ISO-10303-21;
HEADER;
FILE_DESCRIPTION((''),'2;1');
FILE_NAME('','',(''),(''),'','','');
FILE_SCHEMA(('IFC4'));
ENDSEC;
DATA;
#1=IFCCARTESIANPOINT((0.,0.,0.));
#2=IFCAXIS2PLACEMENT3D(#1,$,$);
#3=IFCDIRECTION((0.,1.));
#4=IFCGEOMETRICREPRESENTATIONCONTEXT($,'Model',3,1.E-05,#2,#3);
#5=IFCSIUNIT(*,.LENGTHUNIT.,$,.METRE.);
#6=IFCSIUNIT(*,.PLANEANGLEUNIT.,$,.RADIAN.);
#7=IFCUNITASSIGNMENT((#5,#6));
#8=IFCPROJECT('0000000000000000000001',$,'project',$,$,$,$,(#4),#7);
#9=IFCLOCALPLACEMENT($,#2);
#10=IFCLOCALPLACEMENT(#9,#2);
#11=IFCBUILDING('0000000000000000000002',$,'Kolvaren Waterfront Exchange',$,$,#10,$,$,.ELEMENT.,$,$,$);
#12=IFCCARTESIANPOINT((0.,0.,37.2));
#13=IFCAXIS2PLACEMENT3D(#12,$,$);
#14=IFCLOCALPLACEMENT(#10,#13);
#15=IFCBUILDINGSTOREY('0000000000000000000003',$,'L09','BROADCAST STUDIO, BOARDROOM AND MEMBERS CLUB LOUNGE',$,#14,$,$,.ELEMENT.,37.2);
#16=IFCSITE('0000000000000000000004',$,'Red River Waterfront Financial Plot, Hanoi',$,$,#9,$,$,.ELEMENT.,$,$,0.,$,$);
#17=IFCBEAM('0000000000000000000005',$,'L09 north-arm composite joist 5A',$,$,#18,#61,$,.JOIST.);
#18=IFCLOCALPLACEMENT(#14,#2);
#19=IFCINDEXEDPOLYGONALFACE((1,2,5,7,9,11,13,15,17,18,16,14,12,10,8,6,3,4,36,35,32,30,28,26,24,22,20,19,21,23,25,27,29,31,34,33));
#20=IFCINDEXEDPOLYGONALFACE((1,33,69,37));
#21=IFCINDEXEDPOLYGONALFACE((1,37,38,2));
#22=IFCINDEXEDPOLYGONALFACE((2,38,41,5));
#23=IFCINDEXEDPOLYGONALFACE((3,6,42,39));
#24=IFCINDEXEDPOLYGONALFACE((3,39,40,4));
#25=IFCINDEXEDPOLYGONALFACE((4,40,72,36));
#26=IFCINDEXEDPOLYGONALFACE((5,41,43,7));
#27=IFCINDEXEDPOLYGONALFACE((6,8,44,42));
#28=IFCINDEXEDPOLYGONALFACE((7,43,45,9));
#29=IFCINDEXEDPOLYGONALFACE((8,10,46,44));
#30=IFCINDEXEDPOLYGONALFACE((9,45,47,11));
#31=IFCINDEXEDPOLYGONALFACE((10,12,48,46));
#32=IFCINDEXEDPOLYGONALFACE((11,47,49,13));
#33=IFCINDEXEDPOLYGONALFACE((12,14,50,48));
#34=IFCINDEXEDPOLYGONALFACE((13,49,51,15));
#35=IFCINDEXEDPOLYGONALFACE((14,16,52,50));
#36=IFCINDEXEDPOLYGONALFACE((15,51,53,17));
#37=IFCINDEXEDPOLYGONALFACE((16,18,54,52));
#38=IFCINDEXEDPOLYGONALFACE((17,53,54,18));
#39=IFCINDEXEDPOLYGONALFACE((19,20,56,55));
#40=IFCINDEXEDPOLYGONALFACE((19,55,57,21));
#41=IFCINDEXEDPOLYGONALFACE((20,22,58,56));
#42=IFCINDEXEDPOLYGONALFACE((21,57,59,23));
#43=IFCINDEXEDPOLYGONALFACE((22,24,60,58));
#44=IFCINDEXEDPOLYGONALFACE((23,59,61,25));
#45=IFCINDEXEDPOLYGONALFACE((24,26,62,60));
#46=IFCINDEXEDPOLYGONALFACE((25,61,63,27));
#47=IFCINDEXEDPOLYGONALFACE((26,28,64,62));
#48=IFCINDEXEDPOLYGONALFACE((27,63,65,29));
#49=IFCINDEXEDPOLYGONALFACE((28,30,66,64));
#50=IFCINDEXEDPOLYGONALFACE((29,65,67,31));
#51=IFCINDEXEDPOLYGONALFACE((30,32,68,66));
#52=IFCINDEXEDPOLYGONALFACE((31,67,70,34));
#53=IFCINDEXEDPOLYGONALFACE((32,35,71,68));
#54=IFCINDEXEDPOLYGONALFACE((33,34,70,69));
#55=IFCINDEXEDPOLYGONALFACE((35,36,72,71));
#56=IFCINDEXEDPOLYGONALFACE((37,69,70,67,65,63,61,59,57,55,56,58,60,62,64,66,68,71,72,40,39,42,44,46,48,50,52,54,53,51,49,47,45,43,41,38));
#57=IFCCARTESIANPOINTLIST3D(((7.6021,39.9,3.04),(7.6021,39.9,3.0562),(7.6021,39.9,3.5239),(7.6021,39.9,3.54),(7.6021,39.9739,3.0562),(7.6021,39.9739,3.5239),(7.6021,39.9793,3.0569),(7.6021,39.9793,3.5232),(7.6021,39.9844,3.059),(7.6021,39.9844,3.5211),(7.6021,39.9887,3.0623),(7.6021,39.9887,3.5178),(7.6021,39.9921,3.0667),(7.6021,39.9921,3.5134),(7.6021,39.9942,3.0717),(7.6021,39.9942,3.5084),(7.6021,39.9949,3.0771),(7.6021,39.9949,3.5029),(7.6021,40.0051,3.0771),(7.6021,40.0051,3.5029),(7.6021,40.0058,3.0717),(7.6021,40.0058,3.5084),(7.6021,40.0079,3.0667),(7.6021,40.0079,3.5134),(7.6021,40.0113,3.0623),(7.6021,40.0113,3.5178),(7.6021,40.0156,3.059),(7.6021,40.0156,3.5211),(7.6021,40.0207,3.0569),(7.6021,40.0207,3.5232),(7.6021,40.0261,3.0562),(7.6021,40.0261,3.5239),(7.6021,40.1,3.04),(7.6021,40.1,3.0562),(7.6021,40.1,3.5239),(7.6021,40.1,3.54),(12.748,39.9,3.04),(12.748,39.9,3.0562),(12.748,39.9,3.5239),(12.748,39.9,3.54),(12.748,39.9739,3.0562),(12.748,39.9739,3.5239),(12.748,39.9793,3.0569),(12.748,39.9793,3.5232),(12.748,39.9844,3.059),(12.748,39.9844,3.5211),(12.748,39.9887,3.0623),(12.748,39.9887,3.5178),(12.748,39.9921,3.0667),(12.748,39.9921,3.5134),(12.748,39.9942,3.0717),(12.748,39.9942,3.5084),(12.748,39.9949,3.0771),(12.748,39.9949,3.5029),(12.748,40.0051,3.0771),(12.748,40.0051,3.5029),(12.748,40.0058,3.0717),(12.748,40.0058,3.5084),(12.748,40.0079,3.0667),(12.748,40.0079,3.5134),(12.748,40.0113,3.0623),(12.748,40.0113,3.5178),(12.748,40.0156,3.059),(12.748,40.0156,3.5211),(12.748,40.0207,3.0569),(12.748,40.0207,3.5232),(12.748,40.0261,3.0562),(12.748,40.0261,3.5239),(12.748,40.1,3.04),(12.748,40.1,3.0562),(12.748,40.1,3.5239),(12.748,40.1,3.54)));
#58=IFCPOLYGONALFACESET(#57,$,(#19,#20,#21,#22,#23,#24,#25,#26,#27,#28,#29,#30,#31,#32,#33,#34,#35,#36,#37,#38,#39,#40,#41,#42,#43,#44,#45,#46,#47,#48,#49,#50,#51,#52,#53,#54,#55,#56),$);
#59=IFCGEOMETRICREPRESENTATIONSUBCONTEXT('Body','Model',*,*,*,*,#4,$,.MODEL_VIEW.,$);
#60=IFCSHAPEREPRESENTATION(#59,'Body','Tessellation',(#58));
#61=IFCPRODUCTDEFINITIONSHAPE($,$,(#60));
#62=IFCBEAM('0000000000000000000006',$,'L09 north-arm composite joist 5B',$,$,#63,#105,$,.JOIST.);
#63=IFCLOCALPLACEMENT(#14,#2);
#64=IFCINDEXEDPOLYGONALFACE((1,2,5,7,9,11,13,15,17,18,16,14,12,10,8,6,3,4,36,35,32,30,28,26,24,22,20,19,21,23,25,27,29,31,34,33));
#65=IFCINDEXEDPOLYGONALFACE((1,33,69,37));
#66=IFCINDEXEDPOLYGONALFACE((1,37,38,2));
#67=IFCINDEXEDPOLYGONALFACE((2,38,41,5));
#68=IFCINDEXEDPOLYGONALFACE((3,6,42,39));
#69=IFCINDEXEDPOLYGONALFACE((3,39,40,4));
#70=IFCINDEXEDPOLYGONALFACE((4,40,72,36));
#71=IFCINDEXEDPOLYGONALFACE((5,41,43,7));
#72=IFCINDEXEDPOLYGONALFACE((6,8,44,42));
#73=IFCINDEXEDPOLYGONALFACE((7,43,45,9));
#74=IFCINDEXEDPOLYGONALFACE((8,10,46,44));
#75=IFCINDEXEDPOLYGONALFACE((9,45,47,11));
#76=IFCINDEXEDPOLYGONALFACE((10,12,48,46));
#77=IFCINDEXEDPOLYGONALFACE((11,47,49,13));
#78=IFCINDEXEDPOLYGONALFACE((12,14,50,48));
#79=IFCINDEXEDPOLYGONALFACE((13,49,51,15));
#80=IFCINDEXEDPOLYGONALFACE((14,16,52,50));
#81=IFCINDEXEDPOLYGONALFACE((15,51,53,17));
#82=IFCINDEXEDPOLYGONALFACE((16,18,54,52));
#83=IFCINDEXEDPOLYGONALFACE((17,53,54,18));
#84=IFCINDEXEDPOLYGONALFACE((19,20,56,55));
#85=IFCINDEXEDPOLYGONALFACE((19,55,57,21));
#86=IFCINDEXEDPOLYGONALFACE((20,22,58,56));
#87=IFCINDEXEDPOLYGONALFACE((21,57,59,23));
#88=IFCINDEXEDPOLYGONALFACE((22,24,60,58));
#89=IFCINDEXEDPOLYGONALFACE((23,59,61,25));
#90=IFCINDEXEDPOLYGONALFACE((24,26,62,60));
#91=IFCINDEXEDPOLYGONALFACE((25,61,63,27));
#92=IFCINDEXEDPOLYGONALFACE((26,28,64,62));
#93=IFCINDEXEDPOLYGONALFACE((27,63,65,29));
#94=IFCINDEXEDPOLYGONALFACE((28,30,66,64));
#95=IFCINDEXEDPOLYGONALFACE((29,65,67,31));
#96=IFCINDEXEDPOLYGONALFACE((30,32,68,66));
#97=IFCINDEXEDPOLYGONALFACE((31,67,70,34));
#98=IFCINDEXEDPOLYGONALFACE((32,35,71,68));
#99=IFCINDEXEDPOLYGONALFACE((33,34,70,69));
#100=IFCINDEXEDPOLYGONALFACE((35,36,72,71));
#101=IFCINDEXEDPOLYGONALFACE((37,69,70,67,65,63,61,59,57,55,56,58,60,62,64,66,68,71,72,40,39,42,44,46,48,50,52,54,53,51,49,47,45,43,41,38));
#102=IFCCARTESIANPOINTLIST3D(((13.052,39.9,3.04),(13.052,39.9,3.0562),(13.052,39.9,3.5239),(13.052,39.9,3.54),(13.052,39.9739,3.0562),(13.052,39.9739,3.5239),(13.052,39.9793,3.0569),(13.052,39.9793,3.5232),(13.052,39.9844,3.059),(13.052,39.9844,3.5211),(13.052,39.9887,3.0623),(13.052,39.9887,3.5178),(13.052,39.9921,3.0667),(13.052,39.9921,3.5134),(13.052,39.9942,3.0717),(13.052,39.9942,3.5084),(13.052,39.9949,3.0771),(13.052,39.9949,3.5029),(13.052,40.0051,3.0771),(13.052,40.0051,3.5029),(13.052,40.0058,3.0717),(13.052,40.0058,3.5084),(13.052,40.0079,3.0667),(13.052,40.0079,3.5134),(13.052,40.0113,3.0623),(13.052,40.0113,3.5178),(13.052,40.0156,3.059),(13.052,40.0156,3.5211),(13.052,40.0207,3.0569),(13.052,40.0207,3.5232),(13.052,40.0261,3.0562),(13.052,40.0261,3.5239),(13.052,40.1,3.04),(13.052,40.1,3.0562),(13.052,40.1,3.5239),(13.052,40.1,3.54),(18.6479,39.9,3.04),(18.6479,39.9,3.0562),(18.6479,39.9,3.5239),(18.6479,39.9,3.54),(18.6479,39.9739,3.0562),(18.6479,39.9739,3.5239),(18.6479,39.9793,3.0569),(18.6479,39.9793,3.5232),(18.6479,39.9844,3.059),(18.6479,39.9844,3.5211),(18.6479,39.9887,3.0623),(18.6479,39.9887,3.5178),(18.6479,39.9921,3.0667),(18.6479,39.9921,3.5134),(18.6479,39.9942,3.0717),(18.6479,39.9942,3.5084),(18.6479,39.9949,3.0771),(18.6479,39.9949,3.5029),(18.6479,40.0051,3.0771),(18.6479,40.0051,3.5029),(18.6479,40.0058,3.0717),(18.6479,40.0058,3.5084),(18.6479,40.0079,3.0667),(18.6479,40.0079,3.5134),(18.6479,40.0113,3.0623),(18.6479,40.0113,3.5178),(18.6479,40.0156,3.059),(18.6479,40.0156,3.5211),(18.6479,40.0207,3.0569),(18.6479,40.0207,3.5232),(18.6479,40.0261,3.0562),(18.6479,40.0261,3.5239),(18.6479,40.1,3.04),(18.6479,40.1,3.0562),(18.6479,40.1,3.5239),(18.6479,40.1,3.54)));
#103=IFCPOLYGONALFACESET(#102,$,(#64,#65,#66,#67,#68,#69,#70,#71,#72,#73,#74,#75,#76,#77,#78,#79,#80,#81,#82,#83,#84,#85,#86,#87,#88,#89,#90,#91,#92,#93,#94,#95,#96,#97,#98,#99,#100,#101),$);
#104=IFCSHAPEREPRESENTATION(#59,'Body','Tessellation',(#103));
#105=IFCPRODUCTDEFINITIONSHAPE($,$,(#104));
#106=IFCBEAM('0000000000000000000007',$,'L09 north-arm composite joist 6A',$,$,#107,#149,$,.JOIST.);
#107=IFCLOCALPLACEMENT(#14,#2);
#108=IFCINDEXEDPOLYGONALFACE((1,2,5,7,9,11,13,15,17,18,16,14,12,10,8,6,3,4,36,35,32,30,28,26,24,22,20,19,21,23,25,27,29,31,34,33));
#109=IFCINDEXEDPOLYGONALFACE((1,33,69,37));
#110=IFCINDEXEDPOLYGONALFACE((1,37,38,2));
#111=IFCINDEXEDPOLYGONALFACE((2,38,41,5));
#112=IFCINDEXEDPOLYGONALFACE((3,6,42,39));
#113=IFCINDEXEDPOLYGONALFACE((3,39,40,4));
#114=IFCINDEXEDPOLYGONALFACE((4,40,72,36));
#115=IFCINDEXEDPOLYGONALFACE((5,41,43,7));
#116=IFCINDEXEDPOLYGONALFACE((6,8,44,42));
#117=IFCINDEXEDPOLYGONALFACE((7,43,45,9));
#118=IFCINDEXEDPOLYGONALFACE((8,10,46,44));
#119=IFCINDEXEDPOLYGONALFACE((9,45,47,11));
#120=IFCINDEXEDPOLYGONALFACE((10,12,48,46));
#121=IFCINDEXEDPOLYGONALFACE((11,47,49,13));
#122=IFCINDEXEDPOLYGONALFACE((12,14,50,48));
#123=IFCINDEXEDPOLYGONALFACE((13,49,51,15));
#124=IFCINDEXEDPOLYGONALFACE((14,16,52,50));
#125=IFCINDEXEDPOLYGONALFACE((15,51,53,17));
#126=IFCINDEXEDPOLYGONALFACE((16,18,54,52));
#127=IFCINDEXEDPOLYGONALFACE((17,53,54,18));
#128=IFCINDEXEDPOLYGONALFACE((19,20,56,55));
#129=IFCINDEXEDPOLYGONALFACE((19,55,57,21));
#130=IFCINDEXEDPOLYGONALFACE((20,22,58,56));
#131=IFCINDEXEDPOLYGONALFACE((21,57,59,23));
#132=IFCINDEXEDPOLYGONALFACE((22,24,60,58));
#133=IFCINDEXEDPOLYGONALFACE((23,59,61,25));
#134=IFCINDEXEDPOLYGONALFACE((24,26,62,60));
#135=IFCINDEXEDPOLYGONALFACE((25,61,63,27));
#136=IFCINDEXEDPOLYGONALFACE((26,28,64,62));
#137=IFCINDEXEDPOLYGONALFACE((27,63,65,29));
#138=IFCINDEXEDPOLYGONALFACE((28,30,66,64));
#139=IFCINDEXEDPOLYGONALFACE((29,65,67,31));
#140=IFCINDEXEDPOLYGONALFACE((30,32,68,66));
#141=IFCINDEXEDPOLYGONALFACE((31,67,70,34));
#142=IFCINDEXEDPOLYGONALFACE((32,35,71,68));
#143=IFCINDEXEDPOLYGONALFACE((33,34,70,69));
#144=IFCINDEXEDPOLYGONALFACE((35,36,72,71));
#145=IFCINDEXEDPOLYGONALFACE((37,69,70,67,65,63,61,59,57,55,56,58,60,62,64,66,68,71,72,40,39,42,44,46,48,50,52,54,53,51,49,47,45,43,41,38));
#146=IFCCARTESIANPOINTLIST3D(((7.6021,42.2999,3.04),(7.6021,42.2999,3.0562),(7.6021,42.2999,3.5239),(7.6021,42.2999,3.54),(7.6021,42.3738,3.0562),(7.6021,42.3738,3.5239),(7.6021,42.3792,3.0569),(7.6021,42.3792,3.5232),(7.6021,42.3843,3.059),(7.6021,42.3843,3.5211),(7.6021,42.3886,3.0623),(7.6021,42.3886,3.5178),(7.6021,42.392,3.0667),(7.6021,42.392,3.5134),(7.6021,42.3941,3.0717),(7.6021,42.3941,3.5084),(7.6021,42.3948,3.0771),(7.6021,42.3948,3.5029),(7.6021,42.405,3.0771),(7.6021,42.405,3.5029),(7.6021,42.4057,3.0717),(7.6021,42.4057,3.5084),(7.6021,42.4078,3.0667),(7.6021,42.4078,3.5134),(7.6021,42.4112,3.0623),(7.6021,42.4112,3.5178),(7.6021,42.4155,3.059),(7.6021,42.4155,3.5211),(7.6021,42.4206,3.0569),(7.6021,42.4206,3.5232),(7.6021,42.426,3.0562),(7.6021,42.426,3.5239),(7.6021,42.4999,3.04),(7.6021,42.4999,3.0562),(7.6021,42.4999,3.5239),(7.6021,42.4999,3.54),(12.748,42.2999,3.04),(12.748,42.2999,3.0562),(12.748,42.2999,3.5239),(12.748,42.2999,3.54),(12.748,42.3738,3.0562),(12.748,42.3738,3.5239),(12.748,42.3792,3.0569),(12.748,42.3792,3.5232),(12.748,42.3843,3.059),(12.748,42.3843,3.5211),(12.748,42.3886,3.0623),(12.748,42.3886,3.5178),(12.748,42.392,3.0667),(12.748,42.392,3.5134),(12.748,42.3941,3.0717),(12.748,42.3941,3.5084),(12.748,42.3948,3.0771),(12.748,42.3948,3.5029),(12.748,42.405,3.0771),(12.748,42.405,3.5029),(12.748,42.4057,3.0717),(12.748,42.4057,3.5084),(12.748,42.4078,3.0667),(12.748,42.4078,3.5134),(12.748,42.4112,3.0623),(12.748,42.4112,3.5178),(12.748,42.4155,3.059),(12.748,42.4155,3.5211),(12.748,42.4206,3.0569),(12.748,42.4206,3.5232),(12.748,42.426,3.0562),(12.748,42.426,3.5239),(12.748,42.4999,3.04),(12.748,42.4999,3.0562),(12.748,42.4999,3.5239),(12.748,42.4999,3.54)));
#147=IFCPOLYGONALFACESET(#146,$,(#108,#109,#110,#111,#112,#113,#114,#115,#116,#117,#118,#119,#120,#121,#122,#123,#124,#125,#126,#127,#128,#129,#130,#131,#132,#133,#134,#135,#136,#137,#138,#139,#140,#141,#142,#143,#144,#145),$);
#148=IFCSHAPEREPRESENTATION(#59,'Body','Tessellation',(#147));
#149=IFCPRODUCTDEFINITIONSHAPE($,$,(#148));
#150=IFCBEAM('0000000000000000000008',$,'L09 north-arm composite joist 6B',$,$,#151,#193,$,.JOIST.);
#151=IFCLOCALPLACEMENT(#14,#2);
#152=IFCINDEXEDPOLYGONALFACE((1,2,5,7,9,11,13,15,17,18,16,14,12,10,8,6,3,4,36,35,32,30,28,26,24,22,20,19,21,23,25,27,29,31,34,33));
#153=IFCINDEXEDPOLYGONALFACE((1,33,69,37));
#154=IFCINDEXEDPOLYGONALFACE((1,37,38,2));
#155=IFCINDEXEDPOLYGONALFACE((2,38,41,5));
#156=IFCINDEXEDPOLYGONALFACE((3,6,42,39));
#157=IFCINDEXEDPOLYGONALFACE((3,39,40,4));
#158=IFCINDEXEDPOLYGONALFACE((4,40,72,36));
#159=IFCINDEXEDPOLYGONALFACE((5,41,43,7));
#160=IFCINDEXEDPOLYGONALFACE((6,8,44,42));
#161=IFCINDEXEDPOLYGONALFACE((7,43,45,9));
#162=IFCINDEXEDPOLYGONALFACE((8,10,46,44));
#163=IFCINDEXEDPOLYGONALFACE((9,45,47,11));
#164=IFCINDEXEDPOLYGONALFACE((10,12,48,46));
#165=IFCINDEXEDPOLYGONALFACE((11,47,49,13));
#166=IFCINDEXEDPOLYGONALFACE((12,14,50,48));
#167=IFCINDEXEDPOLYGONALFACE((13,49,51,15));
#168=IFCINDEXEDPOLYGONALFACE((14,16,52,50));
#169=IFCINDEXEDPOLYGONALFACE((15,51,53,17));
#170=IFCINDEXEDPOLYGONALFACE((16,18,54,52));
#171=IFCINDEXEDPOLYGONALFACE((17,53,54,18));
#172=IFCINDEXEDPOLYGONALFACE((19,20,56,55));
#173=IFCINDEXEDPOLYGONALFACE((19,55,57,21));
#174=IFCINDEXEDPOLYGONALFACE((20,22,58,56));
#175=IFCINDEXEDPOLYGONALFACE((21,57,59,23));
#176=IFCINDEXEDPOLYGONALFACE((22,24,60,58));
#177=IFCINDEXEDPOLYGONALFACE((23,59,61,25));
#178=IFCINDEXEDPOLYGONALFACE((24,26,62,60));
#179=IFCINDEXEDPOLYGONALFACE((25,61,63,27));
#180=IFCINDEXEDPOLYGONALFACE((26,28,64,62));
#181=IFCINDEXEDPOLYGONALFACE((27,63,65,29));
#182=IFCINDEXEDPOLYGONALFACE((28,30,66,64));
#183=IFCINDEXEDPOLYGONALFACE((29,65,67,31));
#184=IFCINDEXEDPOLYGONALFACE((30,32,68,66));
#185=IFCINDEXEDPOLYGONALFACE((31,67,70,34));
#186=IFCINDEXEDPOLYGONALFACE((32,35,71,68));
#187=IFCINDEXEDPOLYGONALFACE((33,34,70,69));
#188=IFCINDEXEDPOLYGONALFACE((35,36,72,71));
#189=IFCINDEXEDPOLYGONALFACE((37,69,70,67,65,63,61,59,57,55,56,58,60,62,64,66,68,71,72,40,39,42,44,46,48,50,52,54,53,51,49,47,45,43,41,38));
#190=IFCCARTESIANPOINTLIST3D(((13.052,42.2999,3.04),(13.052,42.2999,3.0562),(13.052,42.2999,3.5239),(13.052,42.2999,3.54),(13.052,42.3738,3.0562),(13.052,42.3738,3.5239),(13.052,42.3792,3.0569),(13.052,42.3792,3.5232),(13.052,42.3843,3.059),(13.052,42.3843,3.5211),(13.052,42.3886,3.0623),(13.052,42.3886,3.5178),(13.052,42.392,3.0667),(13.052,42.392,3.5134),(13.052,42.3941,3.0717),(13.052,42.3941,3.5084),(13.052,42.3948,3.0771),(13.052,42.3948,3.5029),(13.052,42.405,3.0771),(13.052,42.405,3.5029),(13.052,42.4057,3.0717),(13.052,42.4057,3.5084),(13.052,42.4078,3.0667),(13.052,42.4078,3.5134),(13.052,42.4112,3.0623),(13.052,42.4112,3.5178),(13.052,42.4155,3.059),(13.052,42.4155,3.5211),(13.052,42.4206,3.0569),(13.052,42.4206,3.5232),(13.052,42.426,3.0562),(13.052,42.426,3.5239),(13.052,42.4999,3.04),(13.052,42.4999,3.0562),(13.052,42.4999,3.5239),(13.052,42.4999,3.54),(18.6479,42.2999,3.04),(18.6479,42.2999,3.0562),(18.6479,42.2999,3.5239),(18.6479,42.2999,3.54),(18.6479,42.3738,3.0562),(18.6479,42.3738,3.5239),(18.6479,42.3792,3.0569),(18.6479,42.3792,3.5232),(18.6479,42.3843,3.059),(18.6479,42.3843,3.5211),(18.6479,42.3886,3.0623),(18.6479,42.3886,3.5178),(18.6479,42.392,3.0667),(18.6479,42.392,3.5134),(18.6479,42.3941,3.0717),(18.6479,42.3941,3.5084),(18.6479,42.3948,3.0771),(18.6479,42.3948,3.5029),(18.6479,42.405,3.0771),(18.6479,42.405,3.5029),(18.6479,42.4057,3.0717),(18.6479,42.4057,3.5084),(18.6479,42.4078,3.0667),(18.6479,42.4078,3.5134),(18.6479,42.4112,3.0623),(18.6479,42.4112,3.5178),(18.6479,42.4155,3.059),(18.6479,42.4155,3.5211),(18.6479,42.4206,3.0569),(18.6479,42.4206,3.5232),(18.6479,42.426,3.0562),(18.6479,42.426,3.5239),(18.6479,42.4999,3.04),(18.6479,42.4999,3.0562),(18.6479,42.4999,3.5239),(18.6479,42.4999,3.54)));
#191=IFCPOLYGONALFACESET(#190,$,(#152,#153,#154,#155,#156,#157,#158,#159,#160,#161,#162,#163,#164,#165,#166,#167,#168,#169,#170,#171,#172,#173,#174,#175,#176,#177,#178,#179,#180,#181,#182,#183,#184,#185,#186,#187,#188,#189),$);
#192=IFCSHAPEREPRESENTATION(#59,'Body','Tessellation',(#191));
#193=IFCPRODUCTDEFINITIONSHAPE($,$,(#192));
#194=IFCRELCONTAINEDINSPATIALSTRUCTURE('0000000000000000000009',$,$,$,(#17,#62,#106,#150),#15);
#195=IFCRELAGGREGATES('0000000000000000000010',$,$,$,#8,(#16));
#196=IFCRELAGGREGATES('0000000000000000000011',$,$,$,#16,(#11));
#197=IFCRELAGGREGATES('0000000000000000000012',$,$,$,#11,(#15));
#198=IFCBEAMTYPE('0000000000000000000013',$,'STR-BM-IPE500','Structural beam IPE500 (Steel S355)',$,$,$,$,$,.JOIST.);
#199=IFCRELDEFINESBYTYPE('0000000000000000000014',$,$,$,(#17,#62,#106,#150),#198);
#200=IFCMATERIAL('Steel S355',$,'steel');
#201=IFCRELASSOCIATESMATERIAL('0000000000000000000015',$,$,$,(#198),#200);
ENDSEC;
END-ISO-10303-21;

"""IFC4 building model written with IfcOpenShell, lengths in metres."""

from ifc_helpers import new_model, si_unit, direction, frame, origin, origin_2d, place, context, subcontext, project, spatial, i_section, extrude, material, material_profile, profile_set, type_object, element, save


model = new_model("IFC4")

# Units and contexts
model_context = context("Model", 3, precision=1e-05, world=origin(), true_north=direction((0.0, 1.0)))
body_context = subcontext(model_context, "Body", "Model", "MODEL_VIEW")
ifc_project = project(units=[si_unit("LENGTHUNIT", "METRE"), si_unit("PLANEANGLEUNIT", "RADIAN")], contexts=[model_context])

# Site, building, storey
site_placement = place(None, origin())
site = spatial("IfcSite", under=ifc_project, at=site_placement, Name="Red River Waterfront Financial Plot, Hanoi", CompositionType="ELEMENT", RefElevation=0.0)
building_placement = place(site_placement, origin())
building = spatial("IfcBuilding", under=site, at=building_placement, Name="Kolvaren Waterfront Exchange", CompositionType="ELEMENT")
storey_placement = place(building_placement, frame((0.0, 0.0, 37.2)))
storey = spatial("IfcBuildingStorey", under=building, at=storey_placement, Name="L09", Description="BROADCAST STUDIO, BOARDROOM AND MEMBERS CLUB LOUNGE", CompositionType="ELEMENT", Elevation=37.2)

# Beams
ifc_material_1 = material(Name="Steel S355", Category="steel")
ifc_material_profile_1 = material_profile(ifc_material_1, i_section(OverallWidth=0.2, OverallDepth=0.5, WebThickness=0.0103, FlangeThickness=0.0161, FilletRadius=0.021, at=origin_2d()), Name="IPE500")
ifc_profile_set_1 = profile_set([ifc_material_profile_1], Name="Steel S355")
beam_type_1 = type_object("IfcBeamType", Name="STR-BM-IPE500", Description="Structural beam IPE500 (Steel S355)", PredefinedType="JOIST", material=ifc_profile_set_1)
beam_1_placement = place(storey_placement, frame((7.6021, 40.0, 3.29), z_axis=(1.0, 0.0, 0.0), x_axis=(0.0, 1.0, 0.0)))
element("IfcBeam", 1, at=beam_1_placement, inside=storey, type_object=beam_type_1, Name="L09 north-arm composite joist 5A", PredefinedType="JOIST", context=body_context, shape_type="SweptSolid", body=[
    extrude(i_section(OverallWidth=0.2, OverallDepth=0.5, WebThickness=0.0103, FlangeThickness=0.0161, FilletRadius=0.021, at=origin_2d()), origin(), (0.0, 0.0, 1.0), 5.146),
])
beam_2_placement = place(storey_placement, frame((13.052, 40.0, 3.29), z_axis=(1.0, 0.0, 0.0), x_axis=(0.0, 1.0, 0.0)))
element("IfcBeam", 2, at=beam_2_placement, inside=storey, type_object=beam_type_1, Name="L09 north-arm composite joist 5B", PredefinedType="JOIST", context=body_context, shape_type="SweptSolid", body=[
    extrude(i_section(OverallWidth=0.2, OverallDepth=0.5, WebThickness=0.0103, FlangeThickness=0.0161, FilletRadius=0.021, at=origin_2d()), origin(), (0.0, 0.0, 1.0), 5.5959),
])
beam_3_placement = place(storey_placement, frame((7.6021, 42.3999, 3.29), z_axis=(1.0, 0.0, 0.0), x_axis=(0.0, 1.0, 0.0)))
element("IfcBeam", 3, at=beam_3_placement, inside=storey, type_object=beam_type_1, Name="L09 north-arm composite joist 6A", PredefinedType="JOIST", context=body_context, shape_type="SweptSolid", body=[
    extrude(i_section(OverallWidth=0.2, OverallDepth=0.5, WebThickness=0.0103, FlangeThickness=0.0161, FilletRadius=0.021, at=origin_2d()), origin(), (0.0, 0.0, 1.0), 5.146),
])
beam_4_placement = place(storey_placement, frame((13.052, 42.3999, 3.29), z_axis=(1.0, 0.0, 0.0), x_axis=(0.0, 1.0, 0.0)))
element("IfcBeam", 4, at=beam_4_placement, inside=storey, type_object=beam_type_1, Name="L09 north-arm composite joist 6B", PredefinedType="JOIST", context=body_context, shape_type="SweptSolid", body=[
    extrude(i_section(OverallWidth=0.2, OverallDepth=0.5, WebThickness=0.0103, FlangeThickness=0.0161, FilletRadius=0.021, at=origin_2d()), origin(), (0.0, 0.0, 1.0), 5.5959),
])

save(model, "model.ifc")
